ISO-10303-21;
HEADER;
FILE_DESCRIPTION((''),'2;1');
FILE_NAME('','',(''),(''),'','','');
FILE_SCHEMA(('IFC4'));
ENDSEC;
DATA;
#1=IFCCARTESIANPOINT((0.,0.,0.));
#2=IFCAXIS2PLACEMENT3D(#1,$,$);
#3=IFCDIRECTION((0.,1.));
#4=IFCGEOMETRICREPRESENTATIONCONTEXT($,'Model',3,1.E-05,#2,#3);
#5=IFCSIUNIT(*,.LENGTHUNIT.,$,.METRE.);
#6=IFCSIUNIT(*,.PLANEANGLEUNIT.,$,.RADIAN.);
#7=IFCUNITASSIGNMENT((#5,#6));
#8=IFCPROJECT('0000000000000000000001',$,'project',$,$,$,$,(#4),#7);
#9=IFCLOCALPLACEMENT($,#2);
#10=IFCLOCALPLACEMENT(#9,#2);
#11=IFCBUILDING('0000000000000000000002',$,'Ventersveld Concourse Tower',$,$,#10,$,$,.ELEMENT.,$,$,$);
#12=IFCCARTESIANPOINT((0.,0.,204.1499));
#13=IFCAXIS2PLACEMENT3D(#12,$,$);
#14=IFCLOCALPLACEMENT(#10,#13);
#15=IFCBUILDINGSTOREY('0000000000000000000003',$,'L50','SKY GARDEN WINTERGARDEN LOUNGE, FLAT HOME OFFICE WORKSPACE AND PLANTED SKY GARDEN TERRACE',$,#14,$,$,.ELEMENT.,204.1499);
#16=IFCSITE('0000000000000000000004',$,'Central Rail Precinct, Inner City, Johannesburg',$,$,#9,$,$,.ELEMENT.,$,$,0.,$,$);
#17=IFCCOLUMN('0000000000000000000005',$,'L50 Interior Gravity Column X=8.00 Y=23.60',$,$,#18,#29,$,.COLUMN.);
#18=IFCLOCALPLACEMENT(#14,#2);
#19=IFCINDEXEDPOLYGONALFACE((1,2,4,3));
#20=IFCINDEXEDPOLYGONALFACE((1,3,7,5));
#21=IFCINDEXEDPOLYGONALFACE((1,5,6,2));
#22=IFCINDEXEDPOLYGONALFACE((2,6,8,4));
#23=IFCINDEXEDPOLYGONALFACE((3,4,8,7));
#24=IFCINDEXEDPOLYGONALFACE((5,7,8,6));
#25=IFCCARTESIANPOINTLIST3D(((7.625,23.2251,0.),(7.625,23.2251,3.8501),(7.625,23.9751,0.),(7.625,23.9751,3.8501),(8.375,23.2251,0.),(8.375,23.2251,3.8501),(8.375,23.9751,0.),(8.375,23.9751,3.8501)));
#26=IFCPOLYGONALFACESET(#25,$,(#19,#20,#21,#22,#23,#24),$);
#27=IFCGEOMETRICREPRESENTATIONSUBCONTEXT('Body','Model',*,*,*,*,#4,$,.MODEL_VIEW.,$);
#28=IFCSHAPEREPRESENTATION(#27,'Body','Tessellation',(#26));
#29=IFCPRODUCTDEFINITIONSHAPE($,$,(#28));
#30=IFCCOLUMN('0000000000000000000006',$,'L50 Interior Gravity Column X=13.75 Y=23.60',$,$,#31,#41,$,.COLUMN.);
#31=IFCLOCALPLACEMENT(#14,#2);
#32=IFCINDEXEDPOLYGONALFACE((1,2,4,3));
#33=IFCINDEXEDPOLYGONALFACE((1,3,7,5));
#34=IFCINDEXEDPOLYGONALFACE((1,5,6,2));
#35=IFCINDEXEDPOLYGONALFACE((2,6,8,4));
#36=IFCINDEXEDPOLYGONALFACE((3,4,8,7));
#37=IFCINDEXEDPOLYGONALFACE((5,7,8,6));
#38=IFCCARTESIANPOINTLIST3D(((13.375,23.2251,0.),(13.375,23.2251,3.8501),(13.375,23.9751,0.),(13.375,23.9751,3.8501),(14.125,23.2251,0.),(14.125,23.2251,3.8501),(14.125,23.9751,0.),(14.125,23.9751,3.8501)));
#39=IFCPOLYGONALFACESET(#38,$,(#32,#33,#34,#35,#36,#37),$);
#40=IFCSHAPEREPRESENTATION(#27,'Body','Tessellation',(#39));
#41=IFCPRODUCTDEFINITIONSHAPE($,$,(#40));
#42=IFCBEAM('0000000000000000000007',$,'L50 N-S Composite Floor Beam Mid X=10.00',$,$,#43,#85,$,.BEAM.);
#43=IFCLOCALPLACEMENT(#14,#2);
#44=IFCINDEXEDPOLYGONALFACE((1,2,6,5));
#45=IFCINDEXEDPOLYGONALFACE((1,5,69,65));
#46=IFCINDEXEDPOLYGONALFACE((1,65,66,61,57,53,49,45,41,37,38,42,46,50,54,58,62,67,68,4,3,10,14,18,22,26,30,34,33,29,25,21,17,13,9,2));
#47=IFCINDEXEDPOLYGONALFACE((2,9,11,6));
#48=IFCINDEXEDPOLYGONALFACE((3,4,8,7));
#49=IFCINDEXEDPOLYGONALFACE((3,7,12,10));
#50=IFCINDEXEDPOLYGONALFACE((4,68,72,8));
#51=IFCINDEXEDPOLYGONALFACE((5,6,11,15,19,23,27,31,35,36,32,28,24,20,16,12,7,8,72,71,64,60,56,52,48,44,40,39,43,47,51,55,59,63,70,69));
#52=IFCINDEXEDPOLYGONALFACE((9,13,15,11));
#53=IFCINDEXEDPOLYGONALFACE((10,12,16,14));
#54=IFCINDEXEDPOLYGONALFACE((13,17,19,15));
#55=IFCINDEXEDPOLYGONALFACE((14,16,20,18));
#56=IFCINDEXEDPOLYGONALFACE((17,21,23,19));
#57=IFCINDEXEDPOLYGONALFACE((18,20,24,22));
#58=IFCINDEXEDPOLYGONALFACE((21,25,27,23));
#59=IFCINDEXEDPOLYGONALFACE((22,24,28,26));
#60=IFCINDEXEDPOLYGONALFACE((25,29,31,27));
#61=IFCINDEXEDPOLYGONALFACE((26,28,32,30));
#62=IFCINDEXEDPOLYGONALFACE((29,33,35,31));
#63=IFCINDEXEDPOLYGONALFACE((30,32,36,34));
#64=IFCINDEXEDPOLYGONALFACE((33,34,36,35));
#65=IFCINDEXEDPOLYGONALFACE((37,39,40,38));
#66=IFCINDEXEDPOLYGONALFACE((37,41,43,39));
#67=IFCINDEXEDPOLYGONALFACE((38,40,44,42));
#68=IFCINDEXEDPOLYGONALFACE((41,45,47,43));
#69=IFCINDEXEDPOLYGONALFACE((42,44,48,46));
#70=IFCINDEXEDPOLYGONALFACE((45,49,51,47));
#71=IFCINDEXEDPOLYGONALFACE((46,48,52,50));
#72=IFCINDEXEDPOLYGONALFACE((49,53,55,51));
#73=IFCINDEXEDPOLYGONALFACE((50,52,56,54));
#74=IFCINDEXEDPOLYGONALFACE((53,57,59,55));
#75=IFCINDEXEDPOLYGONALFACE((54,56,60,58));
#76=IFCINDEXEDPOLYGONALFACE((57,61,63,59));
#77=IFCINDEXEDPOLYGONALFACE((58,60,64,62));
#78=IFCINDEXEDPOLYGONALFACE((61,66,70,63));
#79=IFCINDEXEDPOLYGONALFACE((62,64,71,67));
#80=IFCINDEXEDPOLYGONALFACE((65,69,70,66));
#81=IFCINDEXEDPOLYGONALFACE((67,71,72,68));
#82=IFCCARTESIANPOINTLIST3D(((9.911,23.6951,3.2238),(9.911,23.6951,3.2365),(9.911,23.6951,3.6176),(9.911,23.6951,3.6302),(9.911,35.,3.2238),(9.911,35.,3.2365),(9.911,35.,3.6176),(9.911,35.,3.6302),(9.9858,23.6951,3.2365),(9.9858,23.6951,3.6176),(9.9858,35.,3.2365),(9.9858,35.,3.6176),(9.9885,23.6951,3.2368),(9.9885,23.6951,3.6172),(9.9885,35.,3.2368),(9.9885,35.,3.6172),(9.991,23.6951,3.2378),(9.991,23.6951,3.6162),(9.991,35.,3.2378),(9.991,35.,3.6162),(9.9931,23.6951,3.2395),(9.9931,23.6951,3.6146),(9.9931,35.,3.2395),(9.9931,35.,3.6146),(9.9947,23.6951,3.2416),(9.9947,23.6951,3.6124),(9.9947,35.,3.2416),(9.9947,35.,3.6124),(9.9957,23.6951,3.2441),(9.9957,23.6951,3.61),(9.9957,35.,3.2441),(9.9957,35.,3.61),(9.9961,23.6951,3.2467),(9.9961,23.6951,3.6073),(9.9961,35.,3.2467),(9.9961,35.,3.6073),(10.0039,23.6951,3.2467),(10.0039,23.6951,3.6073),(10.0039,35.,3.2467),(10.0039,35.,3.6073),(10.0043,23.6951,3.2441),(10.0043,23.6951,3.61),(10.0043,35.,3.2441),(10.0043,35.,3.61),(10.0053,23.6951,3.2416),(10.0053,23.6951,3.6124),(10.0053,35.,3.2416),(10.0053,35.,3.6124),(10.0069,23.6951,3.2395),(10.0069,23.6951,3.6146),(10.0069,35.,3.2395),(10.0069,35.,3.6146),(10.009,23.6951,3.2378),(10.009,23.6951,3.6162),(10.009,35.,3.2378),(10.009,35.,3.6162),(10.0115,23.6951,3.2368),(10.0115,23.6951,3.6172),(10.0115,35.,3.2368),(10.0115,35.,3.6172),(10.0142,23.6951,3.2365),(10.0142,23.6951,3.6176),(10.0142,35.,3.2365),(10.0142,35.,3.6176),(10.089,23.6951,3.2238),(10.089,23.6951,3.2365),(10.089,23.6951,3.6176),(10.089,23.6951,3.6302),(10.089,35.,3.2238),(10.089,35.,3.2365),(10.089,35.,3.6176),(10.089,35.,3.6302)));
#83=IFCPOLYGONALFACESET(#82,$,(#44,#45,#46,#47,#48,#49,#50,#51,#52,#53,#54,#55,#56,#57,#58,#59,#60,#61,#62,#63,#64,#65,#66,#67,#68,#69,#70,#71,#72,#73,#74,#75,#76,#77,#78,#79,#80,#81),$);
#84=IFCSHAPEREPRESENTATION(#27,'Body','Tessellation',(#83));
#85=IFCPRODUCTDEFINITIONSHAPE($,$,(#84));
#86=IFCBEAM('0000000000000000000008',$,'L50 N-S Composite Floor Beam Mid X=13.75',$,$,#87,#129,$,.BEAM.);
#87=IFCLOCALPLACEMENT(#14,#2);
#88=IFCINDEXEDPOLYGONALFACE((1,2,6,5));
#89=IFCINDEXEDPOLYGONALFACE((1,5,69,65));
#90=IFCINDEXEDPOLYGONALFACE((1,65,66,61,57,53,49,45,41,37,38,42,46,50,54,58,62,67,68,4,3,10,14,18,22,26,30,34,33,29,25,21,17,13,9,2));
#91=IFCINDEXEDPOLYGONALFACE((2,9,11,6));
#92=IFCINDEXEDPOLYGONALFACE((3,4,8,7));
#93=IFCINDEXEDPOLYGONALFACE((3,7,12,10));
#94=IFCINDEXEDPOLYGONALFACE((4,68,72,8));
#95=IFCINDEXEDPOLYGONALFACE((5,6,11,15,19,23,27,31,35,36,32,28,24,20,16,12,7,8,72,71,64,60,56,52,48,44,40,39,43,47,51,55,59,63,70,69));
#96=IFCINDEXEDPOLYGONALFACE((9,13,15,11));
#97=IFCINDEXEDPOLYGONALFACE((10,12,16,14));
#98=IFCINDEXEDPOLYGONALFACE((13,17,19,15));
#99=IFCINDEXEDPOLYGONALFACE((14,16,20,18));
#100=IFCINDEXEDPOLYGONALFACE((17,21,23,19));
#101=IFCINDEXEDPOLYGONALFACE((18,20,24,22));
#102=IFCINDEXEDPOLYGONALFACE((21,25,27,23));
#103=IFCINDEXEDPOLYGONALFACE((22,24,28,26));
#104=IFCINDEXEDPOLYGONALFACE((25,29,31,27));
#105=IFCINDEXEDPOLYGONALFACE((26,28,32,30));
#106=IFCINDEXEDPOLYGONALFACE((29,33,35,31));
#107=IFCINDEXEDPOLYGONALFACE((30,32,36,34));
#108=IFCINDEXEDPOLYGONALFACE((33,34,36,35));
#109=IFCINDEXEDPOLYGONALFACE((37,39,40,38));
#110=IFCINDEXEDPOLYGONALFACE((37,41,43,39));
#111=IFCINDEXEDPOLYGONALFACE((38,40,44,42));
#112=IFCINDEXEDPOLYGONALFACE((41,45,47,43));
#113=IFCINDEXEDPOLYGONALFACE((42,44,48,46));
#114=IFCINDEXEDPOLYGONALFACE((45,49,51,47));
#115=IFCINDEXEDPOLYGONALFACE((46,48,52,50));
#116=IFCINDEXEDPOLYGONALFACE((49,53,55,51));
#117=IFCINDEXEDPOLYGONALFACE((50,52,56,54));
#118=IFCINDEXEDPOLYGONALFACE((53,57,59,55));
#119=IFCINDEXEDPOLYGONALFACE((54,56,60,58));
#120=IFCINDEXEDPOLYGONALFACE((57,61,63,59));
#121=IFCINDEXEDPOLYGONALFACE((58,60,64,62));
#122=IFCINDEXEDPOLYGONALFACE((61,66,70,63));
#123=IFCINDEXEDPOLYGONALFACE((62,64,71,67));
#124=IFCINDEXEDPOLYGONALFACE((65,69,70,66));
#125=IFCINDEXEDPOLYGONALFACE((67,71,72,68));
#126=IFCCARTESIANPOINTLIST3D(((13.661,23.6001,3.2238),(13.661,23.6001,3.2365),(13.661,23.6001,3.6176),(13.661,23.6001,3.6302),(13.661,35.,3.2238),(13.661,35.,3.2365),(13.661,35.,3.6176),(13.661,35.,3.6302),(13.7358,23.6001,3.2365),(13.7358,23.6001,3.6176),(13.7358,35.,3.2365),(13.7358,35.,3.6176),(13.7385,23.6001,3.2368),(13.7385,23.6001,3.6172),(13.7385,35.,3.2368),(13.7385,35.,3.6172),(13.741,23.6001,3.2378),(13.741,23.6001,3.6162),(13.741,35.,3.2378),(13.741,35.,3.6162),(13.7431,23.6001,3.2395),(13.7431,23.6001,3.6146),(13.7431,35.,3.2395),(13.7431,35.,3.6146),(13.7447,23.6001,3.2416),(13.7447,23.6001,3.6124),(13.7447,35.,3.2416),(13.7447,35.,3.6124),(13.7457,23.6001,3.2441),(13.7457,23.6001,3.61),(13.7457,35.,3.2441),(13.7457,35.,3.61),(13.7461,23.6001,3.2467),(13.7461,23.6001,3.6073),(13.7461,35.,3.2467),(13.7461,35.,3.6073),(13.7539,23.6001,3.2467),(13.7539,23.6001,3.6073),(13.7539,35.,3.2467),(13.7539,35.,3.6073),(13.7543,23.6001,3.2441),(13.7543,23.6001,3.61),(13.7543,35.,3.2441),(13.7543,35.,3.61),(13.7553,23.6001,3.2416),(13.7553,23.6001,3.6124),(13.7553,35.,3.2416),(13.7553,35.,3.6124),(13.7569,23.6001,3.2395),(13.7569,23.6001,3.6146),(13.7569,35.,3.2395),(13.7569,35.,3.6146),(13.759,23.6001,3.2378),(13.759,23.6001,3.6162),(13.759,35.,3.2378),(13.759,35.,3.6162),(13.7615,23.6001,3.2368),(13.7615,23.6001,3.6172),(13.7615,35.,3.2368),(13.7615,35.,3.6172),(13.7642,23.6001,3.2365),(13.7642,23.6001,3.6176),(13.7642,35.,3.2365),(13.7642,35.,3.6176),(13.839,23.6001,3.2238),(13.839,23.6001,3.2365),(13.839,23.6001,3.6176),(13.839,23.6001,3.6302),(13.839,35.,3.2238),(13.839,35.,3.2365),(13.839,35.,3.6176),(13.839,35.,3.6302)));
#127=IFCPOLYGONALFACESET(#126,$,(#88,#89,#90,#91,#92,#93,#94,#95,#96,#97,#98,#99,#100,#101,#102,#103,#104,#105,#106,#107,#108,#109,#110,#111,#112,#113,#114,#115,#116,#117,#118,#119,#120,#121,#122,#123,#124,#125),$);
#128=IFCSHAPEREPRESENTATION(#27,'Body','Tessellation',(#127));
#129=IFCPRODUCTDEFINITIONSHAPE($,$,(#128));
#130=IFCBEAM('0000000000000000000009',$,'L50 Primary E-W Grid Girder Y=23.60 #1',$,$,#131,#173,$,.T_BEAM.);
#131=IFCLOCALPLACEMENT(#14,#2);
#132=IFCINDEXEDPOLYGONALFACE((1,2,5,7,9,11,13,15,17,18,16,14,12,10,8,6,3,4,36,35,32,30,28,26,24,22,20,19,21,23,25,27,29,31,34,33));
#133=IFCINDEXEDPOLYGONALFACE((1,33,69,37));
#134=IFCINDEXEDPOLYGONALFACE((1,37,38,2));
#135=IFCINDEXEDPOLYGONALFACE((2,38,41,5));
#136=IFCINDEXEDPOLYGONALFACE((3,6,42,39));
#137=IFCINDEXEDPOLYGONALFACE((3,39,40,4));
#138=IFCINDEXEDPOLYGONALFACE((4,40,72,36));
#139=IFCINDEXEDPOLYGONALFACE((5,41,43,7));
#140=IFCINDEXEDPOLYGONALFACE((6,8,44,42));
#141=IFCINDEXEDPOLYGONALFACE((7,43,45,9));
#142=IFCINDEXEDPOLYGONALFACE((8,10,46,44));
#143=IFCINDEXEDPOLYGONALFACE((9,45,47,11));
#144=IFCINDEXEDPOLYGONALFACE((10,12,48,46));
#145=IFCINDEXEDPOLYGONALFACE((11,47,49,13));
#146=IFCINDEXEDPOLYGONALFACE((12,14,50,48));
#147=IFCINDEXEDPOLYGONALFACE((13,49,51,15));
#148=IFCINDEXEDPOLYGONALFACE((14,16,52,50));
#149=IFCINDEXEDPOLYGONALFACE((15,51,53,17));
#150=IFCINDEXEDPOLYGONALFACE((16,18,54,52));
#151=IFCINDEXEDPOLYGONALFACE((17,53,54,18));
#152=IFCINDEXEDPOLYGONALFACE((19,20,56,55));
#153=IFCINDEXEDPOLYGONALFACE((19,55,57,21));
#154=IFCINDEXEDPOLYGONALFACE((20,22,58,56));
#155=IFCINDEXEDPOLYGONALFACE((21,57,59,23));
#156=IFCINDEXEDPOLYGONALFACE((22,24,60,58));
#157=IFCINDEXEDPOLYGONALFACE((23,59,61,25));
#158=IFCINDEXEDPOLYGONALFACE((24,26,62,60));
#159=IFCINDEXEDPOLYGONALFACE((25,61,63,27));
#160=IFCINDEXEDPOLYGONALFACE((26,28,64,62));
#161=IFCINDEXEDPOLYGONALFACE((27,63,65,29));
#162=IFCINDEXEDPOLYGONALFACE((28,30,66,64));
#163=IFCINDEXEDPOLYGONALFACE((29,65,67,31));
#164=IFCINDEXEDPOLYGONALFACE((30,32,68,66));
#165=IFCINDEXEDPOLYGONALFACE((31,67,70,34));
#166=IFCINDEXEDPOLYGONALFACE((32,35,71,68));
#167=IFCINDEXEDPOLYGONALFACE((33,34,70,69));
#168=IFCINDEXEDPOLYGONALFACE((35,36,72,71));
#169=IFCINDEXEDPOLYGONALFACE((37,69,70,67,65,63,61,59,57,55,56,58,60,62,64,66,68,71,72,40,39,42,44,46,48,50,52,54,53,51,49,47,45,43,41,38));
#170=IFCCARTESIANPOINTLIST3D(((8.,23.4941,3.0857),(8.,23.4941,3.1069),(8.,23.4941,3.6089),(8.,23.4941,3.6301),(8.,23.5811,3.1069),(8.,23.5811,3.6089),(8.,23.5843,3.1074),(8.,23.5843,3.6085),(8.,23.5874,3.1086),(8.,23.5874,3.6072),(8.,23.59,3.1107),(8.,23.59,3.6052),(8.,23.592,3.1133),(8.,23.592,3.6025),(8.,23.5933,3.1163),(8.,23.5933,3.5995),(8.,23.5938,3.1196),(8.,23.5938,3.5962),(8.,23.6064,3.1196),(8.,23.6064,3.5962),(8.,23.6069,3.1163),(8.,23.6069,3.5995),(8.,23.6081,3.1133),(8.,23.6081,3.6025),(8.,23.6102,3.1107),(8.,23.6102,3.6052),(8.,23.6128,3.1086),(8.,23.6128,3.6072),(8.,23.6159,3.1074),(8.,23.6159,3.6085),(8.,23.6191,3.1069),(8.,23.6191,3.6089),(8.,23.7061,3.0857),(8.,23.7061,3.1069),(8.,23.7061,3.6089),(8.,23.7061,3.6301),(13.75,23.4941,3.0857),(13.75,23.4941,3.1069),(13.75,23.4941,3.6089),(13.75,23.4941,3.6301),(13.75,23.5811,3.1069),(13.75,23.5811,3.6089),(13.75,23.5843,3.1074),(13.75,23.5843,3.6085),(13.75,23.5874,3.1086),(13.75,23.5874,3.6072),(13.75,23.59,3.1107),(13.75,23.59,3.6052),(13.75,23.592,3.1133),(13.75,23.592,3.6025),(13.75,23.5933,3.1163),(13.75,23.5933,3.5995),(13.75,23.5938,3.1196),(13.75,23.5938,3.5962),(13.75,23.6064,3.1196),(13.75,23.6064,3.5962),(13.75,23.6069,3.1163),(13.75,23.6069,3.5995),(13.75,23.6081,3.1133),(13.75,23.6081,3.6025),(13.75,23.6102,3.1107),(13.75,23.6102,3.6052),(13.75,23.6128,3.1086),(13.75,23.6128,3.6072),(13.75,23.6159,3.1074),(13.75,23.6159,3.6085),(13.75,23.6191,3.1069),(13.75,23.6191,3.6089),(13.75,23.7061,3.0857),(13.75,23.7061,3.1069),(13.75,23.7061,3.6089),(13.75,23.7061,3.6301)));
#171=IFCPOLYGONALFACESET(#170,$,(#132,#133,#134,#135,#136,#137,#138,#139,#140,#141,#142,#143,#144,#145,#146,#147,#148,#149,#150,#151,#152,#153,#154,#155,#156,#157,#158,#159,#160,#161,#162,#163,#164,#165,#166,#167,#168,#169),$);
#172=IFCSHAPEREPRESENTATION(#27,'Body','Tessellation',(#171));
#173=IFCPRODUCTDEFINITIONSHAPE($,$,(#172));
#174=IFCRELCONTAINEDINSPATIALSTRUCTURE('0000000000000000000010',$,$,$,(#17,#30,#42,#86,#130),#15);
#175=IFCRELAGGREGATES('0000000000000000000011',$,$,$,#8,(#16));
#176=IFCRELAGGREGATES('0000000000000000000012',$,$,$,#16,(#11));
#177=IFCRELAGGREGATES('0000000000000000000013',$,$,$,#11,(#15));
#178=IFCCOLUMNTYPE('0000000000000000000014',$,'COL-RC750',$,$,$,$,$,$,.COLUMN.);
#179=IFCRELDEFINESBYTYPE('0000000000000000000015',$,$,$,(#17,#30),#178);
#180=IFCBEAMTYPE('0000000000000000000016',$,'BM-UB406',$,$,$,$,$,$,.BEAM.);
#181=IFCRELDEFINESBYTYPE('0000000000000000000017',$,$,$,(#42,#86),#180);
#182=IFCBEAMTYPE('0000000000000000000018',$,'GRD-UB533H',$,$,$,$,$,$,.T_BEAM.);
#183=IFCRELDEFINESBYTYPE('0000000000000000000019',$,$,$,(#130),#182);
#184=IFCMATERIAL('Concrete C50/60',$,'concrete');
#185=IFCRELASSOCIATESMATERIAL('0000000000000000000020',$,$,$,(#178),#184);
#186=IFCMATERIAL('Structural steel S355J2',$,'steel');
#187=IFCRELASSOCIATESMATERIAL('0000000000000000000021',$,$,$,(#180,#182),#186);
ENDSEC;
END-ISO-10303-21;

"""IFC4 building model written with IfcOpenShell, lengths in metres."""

from ifc_helpers import new_model, si_unit, direction, frame, origin, origin_2d, place, context, subcontext, project, spatial, rectangle, i_section, extrude, material, material_profile, profile_set, type_object, element, save


model = new_model("IFC4")

# Units and contexts
model_context = context("Model", 3, precision=1e-05, world=origin(), true_north=direction((0.0, 1.0)))
body_context = subcontext(model_context, "Body", "Model", "MODEL_VIEW")
ifc_project = project(units=[si_unit("LENGTHUNIT", "METRE"), si_unit("PLANEANGLEUNIT", "RADIAN")], contexts=[model_context])

# Site, building, storey
site_placement = place(None, origin())
site = spatial("IfcSite", under=ifc_project, at=site_placement, Name="Central Rail Precinct, Inner City, Johannesburg", CompositionType="ELEMENT", RefElevation=0.0)
building_placement = place(site_placement, origin())
building = spatial("IfcBuilding", under=site, at=building_placement, Name="Ventersveld Concourse Tower", CompositionType="ELEMENT")
storey_placement = place(building_placement, frame((0.0, 0.0, 204.1499)))
storey = spatial("IfcBuildingStorey", under=building, at=storey_placement, Name="L50", Description="SKY GARDEN WINTERGARDEN LOUNGE, FLAT HOME OFFICE WORKSPACE AND PLANTED SKY GARDEN TERRACE", CompositionType="ELEMENT", Elevation=204.1499)

# Columns
ifc_material_1 = material(Name="Concrete C50/60", Category="concrete")
ifc_material_profile_1 = material_profile(ifc_material_1, rectangle(XDim=0.75, YDim=0.75, at=origin_2d()), Name="RC 750x750")
ifc_profile_set_1 = profile_set([ifc_material_profile_1], Name="Concrete C50/60")
column_type = type_object("IfcColumnType", Name="COL-RC750", PredefinedType="COLUMN", material=ifc_profile_set_1)
for number, where, z_axis, x_axis, name in (
    (1, (8.0, 23.6001, 0.0), (0.0, 0.0, 1.0), (1.0, 0.0, 0.0), "L50 Interior Gravity Column X=8.00 Y=23.60"),
    (2, (13.75, 23.6001, 0.0), (0.0, 0.0, 1.0), (1.0, 0.0, 0.0), "L50 Interior Gravity Column X=13.75 Y=23.60"),
):
    element("IfcColumn", number, at=place(storey_placement, frame(where, z_axis=z_axis, x_axis=x_axis)), inside=storey, type_object=column_type, Name=name, PredefinedType="COLUMN", context=body_context, shape_type="SweptSolid", body=[
        extrude(rectangle(XDim=0.75, YDim=0.75, at=origin_2d()), origin(), (0.0, 0.0, 1.0), 3.8501),
    ])

# Beams
ifc_material_2 = material(Name="Structural steel S355J2", Category="steel")
ifc_material_profile_2 = material_profile(ifc_material_2, i_section(OverallWidth=0.178, OverallDepth=0.4065, WebThickness=0.0078, FlangeThickness=0.0127, FilletRadius=0.0103, at=origin_2d()), Name="UB 406x178x60")
ifc_profile_set_2 = profile_set([ifc_material_profile_2], Name="Structural steel S355J2")
beam_type_1 = type_object("IfcBeamType", Name="BM-UB406", PredefinedType="BEAM", material=ifc_profile_set_2)
beam_1_placement = place(storey_placement, frame((10.0, 23.6951, 3.427), z_axis=(0.0, 1.0, 0.0), x_axis=(-1.0, 0.0, 0.0)))
element("IfcBeam", 3, at=beam_1_placement, inside=storey, type_object=beam_type_1, Name="L50 N-S Composite Floor Beam Mid X=10.00", PredefinedType="BEAM", context=body_context, shape_type="SweptSolid", body=[
    extrude(i_section(OverallWidth=0.178, OverallDepth=0.4065, WebThickness=0.0078, FlangeThickness=0.0127, FilletRadius=0.0103, at=origin_2d()), origin(), (0.0, 0.0, 1.0), 11.3049),
])
beam_2_placement = place(storey_placement, frame((13.75, 23.6001, 3.427), z_axis=(0.0, 1.0, 0.0), x_axis=(-1.0, 0.0, 0.0)))
element("IfcBeam", 4, at=beam_2_placement, inside=storey, type_object=beam_type_1, Name="L50 N-S Composite Floor Beam Mid X=13.75", PredefinedType="BEAM", context=body_context, shape_type="SweptSolid", body=[
    extrude(i_section(OverallWidth=0.178, OverallDepth=0.4065, WebThickness=0.0078, FlangeThickness=0.0127, FilletRadius=0.0103, at=origin_2d()), origin(), (0.0, 0.0, 1.0), 11.3999),
])
ifc_material_profile_3 = material_profile(ifc_material_2, i_section(OverallWidth=0.2119, OverallDepth=0.5444, WebThickness=0.0127, FlangeThickness=0.0212, FilletRadius=0.0127, at=origin_2d()), Name="UB 533x210x122")
ifc_profile_set_3 = profile_set([ifc_material_profile_3], Name="Structural steel S355J2")
beam_type_2 = type_object("IfcBeamType", Name="GRD-UB533H", PredefinedType="T_BEAM", material=ifc_profile_set_3)
beam_3_placement = place(storey_placement, frame((8.0, 23.6001, 3.3579), z_axis=(1.0, 0.0, 0.0), x_axis=(0.0, 1.0, 0.0)))
element("IfcBeam", 5, at=beam_3_placement, inside=storey, type_object=beam_type_2, Name="L50 Primary E-W Grid Girder Y=23.60 #1", PredefinedType="T_BEAM", context=body_context, shape_type="SweptSolid", body=[
    extrude(i_section(OverallWidth=0.2119, OverallDepth=0.5444, WebThickness=0.0127, FlangeThickness=0.0212, FilletRadius=0.0127, at=origin_2d()), origin(), (0.0, 0.0, 1.0), 5.75),
])

save(model, "model.ifc")
